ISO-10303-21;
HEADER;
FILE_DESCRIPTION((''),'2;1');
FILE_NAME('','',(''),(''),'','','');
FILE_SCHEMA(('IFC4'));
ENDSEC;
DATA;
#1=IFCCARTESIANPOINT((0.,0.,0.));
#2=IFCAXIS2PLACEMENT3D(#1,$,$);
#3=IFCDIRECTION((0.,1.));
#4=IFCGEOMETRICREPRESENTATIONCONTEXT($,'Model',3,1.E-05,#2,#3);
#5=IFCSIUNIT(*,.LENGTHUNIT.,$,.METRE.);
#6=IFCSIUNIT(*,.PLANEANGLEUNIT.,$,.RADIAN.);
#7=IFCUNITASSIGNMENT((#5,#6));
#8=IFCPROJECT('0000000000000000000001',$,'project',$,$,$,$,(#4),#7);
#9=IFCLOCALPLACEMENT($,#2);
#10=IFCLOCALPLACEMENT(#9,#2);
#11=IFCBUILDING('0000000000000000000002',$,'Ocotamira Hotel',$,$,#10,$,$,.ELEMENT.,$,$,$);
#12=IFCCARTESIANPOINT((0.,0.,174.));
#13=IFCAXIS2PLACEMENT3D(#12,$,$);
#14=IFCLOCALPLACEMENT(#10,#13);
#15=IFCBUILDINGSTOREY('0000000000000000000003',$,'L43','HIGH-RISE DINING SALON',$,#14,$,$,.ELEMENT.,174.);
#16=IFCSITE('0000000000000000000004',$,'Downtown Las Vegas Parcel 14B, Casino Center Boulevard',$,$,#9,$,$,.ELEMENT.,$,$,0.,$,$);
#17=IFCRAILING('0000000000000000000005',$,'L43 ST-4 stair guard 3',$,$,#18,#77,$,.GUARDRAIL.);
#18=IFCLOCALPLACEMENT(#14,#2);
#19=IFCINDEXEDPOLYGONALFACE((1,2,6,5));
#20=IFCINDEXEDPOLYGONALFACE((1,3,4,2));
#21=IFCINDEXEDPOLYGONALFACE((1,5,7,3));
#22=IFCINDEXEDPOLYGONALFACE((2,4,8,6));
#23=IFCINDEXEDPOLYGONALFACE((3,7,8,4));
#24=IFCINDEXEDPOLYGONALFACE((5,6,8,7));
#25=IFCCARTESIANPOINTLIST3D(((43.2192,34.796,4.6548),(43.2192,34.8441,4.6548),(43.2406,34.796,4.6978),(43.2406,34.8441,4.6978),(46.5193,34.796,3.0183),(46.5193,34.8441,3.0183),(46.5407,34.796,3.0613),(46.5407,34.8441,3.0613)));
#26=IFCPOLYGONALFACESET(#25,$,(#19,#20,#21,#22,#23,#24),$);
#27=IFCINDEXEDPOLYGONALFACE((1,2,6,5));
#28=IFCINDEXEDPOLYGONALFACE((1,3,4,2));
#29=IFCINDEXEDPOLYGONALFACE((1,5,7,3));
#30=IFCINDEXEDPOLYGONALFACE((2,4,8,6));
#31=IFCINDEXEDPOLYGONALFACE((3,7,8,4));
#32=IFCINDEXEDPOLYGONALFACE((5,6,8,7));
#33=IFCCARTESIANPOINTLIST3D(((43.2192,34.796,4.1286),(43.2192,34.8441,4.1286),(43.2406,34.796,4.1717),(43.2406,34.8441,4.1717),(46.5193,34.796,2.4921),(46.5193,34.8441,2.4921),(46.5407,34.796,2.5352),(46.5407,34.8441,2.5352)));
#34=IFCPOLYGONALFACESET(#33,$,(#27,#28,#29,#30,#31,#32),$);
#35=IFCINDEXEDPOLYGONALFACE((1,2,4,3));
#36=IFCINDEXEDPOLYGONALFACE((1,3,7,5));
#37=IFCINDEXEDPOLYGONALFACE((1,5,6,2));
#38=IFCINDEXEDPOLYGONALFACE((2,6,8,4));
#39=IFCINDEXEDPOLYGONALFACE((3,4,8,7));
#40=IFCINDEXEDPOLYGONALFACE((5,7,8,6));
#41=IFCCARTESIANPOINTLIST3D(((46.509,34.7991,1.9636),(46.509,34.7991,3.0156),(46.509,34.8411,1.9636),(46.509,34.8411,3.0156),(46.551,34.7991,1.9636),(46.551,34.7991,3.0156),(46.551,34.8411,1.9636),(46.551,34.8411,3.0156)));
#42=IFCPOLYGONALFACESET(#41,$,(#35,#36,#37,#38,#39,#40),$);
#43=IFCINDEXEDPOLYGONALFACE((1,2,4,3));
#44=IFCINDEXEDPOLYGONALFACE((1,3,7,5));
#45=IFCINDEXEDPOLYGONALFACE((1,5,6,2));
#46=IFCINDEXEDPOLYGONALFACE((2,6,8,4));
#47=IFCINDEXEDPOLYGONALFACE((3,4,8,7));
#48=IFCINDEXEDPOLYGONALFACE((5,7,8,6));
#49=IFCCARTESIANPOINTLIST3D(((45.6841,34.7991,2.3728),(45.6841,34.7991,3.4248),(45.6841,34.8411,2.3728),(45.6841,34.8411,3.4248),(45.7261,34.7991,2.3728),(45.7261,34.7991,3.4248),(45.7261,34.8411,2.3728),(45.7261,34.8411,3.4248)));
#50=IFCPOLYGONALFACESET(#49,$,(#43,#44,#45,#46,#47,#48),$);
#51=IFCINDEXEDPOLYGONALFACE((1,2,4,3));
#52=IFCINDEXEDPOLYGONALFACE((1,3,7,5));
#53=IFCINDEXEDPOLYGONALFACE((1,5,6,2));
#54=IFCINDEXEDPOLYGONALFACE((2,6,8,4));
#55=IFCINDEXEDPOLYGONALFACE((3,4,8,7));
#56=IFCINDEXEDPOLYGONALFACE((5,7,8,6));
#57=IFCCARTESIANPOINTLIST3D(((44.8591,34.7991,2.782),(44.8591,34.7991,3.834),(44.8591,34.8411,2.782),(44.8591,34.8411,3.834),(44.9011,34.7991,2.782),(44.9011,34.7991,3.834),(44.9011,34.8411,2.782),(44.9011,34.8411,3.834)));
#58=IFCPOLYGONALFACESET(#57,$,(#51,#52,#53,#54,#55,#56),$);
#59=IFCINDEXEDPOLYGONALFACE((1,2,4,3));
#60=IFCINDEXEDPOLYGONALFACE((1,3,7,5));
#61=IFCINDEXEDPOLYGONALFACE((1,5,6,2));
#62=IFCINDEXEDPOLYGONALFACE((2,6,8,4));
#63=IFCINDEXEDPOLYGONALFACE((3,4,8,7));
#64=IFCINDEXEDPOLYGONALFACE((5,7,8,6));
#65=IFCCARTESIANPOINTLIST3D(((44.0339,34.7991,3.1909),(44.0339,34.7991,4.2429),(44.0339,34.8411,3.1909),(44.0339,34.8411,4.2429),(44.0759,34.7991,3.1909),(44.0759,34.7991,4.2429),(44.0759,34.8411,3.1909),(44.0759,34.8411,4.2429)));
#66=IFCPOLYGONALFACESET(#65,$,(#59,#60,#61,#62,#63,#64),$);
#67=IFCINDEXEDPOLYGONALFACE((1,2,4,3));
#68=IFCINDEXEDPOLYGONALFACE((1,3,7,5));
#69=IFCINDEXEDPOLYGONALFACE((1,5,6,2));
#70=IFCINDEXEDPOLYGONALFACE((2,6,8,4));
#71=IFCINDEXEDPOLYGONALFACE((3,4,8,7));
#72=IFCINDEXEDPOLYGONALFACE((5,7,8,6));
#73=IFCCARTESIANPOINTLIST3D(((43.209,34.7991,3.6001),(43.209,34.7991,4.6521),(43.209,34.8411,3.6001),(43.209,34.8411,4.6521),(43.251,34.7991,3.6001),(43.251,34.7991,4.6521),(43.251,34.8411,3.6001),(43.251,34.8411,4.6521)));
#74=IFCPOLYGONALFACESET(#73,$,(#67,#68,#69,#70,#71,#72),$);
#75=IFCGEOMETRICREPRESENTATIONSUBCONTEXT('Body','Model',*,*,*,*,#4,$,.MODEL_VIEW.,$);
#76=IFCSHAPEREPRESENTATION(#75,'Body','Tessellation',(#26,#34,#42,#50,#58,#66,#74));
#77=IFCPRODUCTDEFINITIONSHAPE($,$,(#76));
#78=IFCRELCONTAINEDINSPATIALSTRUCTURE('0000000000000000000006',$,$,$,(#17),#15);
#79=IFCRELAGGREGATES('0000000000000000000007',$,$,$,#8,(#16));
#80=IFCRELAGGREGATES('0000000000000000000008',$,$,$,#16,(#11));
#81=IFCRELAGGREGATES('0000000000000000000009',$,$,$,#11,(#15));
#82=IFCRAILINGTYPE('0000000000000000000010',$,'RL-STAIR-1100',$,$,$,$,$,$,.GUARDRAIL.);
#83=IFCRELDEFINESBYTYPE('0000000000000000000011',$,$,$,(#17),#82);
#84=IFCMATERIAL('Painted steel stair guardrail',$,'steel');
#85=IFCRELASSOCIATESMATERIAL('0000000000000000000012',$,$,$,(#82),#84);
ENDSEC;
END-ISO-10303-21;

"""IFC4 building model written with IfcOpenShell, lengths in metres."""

from ifc_helpers import new_model, si_unit, direction, frame, origin, origin_2d, place, context, subcontext, project, spatial, rectangle, extrude, material, type_object, element, save


model = new_model("IFC4")

# Units and contexts
model_context = context("Model", 3, precision=1e-05, world=origin(), true_north=direction((0.0, 1.0)))
body_context = subcontext(model_context, "Body", "Model", "MODEL_VIEW")
ifc_project = project(units=[si_unit("LENGTHUNIT", "METRE"), si_unit("PLANEANGLEUNIT", "RADIAN")], contexts=[model_context])

# Site, building, storey
site_placement = place(None, origin())
site = spatial("IfcSite", under=ifc_project, at=site_placement, Name="Downtown Las Vegas Parcel 14B, Casino Center Boulevard", CompositionType="ELEMENT", RefElevation=0.0)
building_placement = place(site_placement, origin())
building = spatial("IfcBuilding", under=site, at=building_placement, Name="Ocotamira Hotel", CompositionType="ELEMENT")
storey_placement = place(building_placement, frame((0.0, 0.0, 174.0)))
storey = spatial("IfcBuildingStorey", under=building, at=storey_placement, Name="L43", Description="HIGH-RISE DINING SALON", CompositionType="ELEMENT", Elevation=174.0)

# Railing
ifc_material_1 = material(Name="Painted steel stair guardrail", Category="steel")
railing_type_1 = type_object("IfcRailingType", Name="RL-STAIR-1100", PredefinedType="GUARDRAIL", material=ifc_material_1)
railing_1_placement = place(storey_placement, frame((46.53, 34.8201, 1.9636)))
element("IfcRailing", 1, at=railing_1_placement, inside=storey, type_object=railing_type_1, Name="L43 ST-4 stair guard 3", PredefinedType="GUARDRAIL", context=body_context, shape_type="SweptSolid", body=[
    extrude(rectangle(XDim=0.0481, YDim=0.0481, at=origin_2d()), frame((0.0, 0.0, 1.0762), z_axis=(-0.895894, 0.0, 0.444268), x_axis=(0.0, -1.0, 0.0)), (0.0, 0.0, 1.0), 3.6836),
    extrude(rectangle(XDim=0.0481, YDim=0.0481, at=origin_2d()), frame((0.0, 0.0, 0.55), z_axis=(-0.895894, 0.0, 0.444268), x_axis=(0.0, -1.0, 0.0)), (0.0, 0.0, 1.0), 3.6836),
    extrude(rectangle(XDim=0.042, YDim=0.042, at=origin_2d()), origin(), (0.0, 0.0, 1.0), 1.052),
    extrude(rectangle(XDim=0.042, YDim=0.042, at=origin_2d()), frame((-0.825, 0.0, 0.4092)), (0.0, 0.0, 1.0), 1.052),
    extrude(rectangle(XDim=0.042, YDim=0.042, at=origin_2d()), frame((-1.6499, 0.0, 0.8184)), (0.0, 0.0, 1.0), 1.052),
    extrude(rectangle(XDim=0.042, YDim=0.042, at=origin_2d()), frame((-2.4751, 0.0, 1.2273)), (0.0, 0.0, 1.0), 1.052),
    extrude(rectangle(XDim=0.042, YDim=0.042, at=origin_2d()), frame((-3.3, 0.0, 1.6365)), (0.0, 0.0, 1.0), 1.052),
])

save(model, "model.ifc")
